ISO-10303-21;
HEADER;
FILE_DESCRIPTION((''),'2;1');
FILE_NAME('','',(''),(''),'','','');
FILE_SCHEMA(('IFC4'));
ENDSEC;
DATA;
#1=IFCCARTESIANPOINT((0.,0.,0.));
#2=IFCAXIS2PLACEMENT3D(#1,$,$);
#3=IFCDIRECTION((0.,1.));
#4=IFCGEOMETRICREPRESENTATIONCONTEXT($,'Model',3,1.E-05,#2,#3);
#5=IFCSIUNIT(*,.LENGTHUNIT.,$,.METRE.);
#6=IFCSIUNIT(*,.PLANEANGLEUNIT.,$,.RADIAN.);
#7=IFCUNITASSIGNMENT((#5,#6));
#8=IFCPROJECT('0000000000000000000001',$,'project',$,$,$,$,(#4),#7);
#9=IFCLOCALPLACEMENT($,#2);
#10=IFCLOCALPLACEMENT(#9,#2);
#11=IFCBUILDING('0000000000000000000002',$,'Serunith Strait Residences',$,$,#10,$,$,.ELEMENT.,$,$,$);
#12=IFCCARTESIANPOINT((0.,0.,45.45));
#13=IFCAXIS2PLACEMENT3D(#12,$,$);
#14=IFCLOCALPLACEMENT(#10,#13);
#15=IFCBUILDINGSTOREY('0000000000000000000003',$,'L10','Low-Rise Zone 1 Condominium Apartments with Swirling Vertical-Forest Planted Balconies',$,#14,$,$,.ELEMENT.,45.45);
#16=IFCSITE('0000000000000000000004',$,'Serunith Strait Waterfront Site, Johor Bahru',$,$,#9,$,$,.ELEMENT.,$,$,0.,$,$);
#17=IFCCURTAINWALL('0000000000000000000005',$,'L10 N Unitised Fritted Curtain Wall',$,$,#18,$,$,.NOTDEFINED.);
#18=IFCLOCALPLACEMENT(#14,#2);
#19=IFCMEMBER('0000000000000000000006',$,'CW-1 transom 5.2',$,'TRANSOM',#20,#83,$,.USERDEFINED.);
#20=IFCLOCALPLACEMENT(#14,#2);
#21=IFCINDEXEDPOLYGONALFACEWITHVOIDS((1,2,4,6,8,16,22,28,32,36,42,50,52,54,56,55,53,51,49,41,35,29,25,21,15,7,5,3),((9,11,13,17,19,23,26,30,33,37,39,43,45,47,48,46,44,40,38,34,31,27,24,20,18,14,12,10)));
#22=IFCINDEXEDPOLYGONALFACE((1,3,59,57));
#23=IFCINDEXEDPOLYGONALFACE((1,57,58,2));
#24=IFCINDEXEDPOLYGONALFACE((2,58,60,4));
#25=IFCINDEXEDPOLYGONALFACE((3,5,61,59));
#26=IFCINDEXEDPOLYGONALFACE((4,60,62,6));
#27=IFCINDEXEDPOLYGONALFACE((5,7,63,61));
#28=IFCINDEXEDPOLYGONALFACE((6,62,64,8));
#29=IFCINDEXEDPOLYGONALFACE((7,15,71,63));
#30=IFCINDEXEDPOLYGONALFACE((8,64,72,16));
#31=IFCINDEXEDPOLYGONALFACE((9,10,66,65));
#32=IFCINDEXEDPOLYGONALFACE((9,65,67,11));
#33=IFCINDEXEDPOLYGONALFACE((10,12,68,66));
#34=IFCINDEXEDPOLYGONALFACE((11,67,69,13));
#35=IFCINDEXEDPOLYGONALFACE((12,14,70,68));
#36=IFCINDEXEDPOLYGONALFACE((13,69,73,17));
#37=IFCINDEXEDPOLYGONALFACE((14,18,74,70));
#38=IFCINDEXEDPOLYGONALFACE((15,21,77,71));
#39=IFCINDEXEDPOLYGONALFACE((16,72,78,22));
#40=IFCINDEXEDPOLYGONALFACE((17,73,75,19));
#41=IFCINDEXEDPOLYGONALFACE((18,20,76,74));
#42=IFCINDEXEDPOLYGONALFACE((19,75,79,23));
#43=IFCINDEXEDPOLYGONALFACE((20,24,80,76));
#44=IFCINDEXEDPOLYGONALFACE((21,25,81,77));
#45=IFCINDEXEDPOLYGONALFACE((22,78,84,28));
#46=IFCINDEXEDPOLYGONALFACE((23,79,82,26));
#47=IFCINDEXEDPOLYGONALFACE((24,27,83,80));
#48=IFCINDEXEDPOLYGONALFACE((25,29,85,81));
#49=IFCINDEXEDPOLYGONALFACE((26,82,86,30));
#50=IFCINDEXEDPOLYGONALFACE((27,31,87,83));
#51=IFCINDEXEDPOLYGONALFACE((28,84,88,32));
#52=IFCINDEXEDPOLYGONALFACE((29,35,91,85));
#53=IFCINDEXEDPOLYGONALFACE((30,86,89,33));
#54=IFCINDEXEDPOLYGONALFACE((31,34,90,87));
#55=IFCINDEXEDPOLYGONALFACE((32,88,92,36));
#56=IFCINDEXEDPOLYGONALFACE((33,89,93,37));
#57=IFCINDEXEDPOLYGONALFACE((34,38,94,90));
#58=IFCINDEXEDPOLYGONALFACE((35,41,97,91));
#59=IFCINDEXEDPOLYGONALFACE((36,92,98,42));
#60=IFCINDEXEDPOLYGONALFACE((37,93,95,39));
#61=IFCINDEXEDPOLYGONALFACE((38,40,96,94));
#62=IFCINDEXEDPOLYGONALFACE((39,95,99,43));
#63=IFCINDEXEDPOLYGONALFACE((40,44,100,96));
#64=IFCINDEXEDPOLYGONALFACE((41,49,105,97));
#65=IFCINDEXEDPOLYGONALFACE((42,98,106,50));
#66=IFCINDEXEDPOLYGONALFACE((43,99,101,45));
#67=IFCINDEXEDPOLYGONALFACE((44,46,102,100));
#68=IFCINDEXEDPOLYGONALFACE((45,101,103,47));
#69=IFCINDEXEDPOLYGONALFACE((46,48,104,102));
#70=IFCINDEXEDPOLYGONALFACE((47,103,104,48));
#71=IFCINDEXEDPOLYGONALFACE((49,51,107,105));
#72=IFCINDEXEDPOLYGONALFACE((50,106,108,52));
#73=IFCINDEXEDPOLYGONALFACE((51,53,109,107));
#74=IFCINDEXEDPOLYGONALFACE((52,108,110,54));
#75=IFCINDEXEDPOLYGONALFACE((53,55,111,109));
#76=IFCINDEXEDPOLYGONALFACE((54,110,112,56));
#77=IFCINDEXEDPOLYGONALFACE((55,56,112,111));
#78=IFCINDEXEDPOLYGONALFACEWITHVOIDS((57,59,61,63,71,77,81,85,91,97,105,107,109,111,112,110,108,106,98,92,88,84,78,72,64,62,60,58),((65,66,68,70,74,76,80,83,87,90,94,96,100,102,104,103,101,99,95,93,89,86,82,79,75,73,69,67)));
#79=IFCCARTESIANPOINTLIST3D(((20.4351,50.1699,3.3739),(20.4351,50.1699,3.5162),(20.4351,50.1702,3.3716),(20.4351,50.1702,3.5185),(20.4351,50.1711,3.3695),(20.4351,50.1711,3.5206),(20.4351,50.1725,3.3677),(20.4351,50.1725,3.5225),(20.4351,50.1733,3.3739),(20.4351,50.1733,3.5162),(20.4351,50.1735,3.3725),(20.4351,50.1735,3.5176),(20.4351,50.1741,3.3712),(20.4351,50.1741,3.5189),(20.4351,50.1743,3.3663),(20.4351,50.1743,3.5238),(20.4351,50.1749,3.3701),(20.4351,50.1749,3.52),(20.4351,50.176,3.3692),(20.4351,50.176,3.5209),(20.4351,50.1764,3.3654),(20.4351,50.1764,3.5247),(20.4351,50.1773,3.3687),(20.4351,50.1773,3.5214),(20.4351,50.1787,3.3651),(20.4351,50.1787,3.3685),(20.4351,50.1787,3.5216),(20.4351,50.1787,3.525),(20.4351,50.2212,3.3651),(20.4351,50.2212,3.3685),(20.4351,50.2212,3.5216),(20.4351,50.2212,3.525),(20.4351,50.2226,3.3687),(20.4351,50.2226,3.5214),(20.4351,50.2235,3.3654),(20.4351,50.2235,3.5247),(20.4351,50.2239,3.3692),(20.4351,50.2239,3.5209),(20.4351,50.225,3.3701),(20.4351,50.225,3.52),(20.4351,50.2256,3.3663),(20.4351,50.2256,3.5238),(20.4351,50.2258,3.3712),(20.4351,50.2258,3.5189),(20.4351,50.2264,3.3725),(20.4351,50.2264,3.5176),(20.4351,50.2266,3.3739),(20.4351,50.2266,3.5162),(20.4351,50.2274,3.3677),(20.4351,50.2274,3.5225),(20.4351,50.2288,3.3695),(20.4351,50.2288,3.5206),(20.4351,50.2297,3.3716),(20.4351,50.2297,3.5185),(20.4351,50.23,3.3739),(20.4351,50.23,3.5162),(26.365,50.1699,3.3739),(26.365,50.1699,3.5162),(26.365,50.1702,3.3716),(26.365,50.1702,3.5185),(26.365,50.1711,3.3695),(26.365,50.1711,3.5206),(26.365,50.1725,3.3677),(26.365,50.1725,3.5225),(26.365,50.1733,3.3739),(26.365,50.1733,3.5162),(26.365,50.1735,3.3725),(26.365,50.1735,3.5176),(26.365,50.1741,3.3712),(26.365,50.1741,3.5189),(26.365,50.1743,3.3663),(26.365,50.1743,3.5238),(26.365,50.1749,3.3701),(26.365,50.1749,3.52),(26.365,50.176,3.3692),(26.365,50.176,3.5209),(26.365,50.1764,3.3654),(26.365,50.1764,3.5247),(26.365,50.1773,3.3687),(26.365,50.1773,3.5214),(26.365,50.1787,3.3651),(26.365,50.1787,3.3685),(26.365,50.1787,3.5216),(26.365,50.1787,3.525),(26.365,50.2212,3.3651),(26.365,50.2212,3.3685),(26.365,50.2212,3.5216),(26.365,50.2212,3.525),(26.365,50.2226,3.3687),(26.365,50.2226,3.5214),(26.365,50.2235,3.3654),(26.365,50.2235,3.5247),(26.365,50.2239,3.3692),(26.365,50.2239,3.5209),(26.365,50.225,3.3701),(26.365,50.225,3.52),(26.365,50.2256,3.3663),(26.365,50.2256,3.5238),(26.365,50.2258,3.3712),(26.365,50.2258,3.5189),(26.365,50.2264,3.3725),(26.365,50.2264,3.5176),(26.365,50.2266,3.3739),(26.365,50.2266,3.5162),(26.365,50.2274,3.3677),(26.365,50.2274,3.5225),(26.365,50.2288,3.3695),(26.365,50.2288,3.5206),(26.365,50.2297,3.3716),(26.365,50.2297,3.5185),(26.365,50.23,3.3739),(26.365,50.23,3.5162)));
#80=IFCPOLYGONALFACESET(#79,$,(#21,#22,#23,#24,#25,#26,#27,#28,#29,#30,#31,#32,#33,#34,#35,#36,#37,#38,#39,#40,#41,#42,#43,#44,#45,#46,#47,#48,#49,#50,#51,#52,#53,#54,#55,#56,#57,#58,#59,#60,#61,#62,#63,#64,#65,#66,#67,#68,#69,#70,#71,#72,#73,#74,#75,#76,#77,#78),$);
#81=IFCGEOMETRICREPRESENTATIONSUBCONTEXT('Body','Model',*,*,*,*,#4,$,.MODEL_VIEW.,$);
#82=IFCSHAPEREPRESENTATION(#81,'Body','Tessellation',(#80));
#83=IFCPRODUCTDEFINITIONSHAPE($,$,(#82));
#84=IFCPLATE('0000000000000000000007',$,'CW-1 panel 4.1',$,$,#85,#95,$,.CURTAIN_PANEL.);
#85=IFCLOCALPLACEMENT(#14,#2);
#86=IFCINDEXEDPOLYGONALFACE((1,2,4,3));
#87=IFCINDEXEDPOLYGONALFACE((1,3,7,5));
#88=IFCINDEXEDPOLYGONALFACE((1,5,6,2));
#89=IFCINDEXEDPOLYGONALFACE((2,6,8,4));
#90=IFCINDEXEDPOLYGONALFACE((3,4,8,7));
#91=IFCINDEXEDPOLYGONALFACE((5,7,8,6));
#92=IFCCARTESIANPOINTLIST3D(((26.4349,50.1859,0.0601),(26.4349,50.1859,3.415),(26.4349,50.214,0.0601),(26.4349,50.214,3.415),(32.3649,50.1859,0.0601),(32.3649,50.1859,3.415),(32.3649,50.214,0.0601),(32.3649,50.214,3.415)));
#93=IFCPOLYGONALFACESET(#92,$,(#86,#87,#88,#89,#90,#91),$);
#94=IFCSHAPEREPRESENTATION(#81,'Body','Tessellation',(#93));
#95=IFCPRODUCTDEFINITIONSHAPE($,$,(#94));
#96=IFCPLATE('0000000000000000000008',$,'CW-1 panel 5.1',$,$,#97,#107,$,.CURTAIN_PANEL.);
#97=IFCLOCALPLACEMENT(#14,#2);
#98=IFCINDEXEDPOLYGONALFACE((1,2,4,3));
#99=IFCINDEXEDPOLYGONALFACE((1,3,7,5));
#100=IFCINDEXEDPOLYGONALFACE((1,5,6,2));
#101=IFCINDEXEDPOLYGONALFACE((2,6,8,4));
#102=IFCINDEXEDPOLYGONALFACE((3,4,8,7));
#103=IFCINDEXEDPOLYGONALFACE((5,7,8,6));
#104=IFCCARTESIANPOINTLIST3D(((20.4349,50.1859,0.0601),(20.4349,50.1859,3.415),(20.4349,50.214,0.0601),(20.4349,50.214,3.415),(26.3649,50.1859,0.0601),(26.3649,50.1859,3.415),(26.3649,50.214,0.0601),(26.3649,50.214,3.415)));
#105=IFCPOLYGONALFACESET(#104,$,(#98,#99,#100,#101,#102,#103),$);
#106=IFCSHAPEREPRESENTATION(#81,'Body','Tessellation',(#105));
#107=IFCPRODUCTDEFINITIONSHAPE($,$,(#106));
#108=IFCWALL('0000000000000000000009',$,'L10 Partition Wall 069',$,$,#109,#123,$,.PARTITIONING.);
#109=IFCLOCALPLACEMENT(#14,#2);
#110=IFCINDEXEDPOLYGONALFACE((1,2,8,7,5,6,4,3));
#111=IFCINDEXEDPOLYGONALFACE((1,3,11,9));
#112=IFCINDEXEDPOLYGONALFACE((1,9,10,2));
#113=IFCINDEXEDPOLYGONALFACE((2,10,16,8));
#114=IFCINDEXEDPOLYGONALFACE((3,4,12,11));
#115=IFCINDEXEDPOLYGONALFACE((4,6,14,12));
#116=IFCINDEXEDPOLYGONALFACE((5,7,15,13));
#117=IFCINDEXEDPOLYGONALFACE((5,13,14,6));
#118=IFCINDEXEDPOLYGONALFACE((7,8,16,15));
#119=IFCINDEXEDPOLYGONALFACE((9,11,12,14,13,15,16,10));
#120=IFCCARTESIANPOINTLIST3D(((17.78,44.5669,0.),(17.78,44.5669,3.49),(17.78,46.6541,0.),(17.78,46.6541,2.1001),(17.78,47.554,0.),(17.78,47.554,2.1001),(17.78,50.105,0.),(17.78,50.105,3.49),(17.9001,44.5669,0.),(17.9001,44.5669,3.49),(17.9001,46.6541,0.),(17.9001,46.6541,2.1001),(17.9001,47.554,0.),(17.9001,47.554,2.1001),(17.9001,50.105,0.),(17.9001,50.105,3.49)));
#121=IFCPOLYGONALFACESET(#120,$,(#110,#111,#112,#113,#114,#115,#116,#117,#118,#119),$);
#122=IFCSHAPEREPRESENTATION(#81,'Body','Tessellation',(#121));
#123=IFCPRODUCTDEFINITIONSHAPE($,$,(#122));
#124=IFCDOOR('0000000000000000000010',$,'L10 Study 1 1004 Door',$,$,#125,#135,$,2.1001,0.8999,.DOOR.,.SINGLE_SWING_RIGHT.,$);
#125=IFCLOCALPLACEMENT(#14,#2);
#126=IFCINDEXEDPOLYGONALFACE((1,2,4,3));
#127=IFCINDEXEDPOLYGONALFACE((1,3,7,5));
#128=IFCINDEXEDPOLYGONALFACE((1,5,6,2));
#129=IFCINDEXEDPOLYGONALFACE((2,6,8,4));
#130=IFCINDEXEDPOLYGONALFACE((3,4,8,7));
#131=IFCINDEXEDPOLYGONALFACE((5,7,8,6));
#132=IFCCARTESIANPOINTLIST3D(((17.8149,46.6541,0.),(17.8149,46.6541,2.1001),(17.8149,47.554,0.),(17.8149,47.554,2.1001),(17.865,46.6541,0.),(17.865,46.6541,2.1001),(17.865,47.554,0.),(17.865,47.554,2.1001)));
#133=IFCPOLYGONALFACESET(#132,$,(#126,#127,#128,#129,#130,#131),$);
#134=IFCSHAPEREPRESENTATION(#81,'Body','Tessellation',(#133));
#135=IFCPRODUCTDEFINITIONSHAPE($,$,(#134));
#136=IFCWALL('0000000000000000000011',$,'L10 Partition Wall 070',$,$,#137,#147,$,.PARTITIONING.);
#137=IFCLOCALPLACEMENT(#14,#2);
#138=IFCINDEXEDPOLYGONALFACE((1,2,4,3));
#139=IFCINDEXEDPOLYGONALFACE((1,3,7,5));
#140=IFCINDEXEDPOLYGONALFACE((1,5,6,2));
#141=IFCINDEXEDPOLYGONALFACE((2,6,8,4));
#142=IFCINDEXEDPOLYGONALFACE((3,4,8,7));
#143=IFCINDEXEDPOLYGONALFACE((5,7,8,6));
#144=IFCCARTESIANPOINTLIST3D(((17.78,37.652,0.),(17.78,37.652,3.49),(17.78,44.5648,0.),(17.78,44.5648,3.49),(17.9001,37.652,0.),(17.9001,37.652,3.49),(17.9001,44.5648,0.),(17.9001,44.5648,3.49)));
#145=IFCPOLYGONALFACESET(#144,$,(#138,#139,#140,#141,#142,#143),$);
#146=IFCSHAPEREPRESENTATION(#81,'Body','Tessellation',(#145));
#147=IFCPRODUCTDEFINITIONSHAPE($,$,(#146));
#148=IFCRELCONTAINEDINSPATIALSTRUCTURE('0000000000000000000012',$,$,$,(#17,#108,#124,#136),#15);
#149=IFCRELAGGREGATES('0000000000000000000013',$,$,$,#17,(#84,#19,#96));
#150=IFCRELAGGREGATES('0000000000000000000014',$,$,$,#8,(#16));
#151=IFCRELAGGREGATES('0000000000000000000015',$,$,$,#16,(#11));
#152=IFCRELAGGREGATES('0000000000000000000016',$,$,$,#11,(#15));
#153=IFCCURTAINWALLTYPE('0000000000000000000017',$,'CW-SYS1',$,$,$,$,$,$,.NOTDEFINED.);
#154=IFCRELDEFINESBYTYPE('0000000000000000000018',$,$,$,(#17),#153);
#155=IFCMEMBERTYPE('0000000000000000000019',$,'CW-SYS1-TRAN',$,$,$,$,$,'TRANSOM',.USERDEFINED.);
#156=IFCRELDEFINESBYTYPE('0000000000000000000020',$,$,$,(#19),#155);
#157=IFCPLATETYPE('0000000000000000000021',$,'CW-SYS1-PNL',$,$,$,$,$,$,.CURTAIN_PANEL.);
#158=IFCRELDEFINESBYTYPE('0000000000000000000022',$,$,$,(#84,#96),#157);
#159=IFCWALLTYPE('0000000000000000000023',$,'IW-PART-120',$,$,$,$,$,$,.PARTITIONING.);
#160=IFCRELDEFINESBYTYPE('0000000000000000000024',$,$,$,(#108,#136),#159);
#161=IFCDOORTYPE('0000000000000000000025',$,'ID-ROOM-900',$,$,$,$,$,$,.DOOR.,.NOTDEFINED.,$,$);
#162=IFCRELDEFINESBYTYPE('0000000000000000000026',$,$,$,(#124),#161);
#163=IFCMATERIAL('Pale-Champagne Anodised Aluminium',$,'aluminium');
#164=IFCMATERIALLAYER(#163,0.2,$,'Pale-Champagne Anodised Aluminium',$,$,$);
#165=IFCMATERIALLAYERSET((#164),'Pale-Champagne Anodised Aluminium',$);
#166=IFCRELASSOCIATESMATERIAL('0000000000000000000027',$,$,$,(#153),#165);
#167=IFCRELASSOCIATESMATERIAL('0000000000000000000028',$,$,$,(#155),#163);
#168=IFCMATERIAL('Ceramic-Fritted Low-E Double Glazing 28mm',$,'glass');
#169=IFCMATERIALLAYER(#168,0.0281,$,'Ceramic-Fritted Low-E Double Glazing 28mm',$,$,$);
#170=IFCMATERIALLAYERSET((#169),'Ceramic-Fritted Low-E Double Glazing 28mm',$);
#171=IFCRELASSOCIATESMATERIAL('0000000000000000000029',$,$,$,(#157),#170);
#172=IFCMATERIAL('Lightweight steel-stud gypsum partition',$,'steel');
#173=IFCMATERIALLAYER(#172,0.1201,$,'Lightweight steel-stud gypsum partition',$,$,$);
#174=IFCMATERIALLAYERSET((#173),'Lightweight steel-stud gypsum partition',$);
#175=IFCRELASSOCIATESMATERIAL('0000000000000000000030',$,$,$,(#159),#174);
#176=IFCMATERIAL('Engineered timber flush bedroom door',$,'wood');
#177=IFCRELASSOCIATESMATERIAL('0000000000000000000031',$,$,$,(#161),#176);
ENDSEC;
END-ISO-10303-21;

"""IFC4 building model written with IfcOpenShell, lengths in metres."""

from ifc_helpers import new_model, si_unit, direction, frame, frame_2d, origin, origin_2d, place, context, subcontext, project, spatial, rectangle, hollow_rectangle, extrude, source, transform, mapped, material, layer, layer_set, material_profile, profile_set, type_object, element, fill, aggregate, save


model = new_model("IFC4")

# Units and contexts
model_context = context("Model", 3, precision=1e-05, world=origin(), true_north=direction((0.0, 1.0)))
body_context = subcontext(model_context, "Body", "Model", "MODEL_VIEW")
ifc_project = project(units=[si_unit("LENGTHUNIT", "METRE"), si_unit("PLANEANGLEUNIT", "RADIAN")], contexts=[model_context])

# Site, building, storey
site_placement = place(None, origin())
site = spatial("IfcSite", under=ifc_project, at=site_placement, Name="Serunith Strait Waterfront Site, Johor Bahru", CompositionType="ELEMENT", RefElevation=0.0)
building_placement = place(site_placement, origin())
building = spatial("IfcBuilding", under=site, at=building_placement, Name="Serunith Strait Residences", CompositionType="ELEMENT")
storey_placement = place(building_placement, frame((0.0, 0.0, 45.45)))
storey = spatial("IfcBuildingStorey", under=building, at=storey_placement, Name="L10", Description="Low-Rise Zone 1 Condominium Apartments with Swirling Vertical-Forest Planted Balconies", CompositionType="ELEMENT", Elevation=45.45)

# Curtain wall, member, plates
ifc_material_1 = material(Name="Pale-Champagne Anodised Aluminium", Category="aluminium")
ifc_layer_1 = layer(ifc_material_1, 0.2, Name="Pale-Champagne Anodised Aluminium")
ifc_layer_set_1 = layer_set([ifc_layer_1], Name="Pale-Champagne Anodised Aluminium")
curtain_wall_type = type_object("IfcCurtainWallType", Name="CW-SYS1", PredefinedType="NOTDEFINED", material=ifc_layer_set_1)
curtain_wall_placement = place(storey_placement, origin())
curtain_wall = element("IfcCurtainWall", 1, at=curtain_wall_placement, inside=storey, type_object=curtain_wall_type, Name="L10 N Unitised Fritted Curtain Wall", PredefinedType="NOTDEFINED")
ifc_material_profile_1 = material_profile(ifc_material_1, hollow_rectangle(XDim=0.0601, YDim=0.1599, WallThickness=0.0034, InnerFilletRadius=0.0054, OuterFilletRadius=0.0088, at=origin_2d()), Name="ALU 160x60x3.5")
ifc_profile_set_1 = profile_set([ifc_material_profile_1], Name="Pale-Champagne Anodised Aluminium")
member_type_1 = type_object("IfcMemberType", Name="CW-SYS1-TRAN", ElementType="TRANSOM", PredefinedType="USERDEFINED", material=ifc_profile_set_1)
shared_shape_1 = source(origin(), body_context, "Body", "SweptSolid", [
    extrude(hollow_rectangle(XDim=0.0601, YDim=0.1599, WallThickness=0.0034, InnerFilletRadius=0.0054, OuterFilletRadius=0.0088, at=origin_2d()), origin(), (0.0, 0.0, 1.0), 5.9299),
])
member_1_placement = place(storey_placement, frame((26.365, 50.2, 3.4451), z_axis=(-1.0, 0.0, 0.0), x_axis=(0.0, -1.0, 0.0)))
member_1 = element("IfcMember", 2, at=member_1_placement, type_object=member_type_1, Name="CW-1 transom 5.2", ObjectType="TRANSOM", PredefinedType="USERDEFINED", context=body_context, shape_type="MappedRepresentation", body=[
    mapped(shared_shape_1, transform((0.0, 0.0, 0.0), scale=1.0)),
])
ifc_material_2 = material(Name="Ceramic-Fritted Low-E Double Glazing 28mm", Category="glass")
ifc_layer_2 = layer(ifc_material_2, 0.0281, Name="Ceramic-Fritted Low-E Double Glazing 28mm")
ifc_layer_set_2 = layer_set([ifc_layer_2], Name="Ceramic-Fritted Low-E Double Glazing 28mm")
plate_type = type_object("IfcPlateType", Name="CW-SYS1-PNL", PredefinedType="CURTAIN_PANEL", material=ifc_layer_set_2)
shared_shape_2 = source(origin(), body_context, "Body", "SweptSolid", [
    extrude(rectangle(XDim=5.9299, YDim=0.0281, at=origin_2d()), origin(), (0.0, 0.0, 1.0), 3.355),
])
plate_1_placement = place(storey_placement, frame((29.3999, 50.2, 0.0601), z_axis=(0.0, 0.0, 1.0), x_axis=(-1.0, 0.0, 0.0)))
plate_1 = element("IfcPlate", 3, at=plate_1_placement, type_object=plate_type, Name="CW-1 panel 4.1", PredefinedType="CURTAIN_PANEL", context=body_context, shape_type="MappedRepresentation", body=[
    mapped(shared_shape_2, transform((0.0, 0.0, 0.0), scale=1.0)),
])
plate_2_placement = place(storey_placement, frame((23.3999, 50.2, 0.0601), z_axis=(0.0, 0.0, 1.0), x_axis=(-1.0, 0.0, 0.0)))
plate_2 = element("IfcPlate", 4, at=plate_2_placement, type_object=plate_type, Name="CW-1 panel 5.1", PredefinedType="CURTAIN_PANEL", context=body_context, shape_type="MappedRepresentation", body=[
    mapped(shared_shape_2, transform((0.0, 0.0, 0.0), scale=1.0)),
])
aggregate(curtain_wall, [plate_1, member_1, plate_2])

# Wall, opening, door
ifc_material_3 = material(Name="Lightweight steel-stud gypsum partition", Category="steel")
ifc_layer_3 = layer(ifc_material_3, 0.1201, Name="Lightweight steel-stud gypsum partition")
ifc_layer_set_3 = layer_set([ifc_layer_3], Name="Lightweight steel-stud gypsum partition")
wall_type = type_object("IfcWallType", Name="IW-PART-120", PredefinedType="PARTITIONING", material=ifc_layer_set_3)
wall_1_placement = place(storey_placement, frame((17.8401, 50.105, 0.0), z_axis=(0.0, 0.0, 1.0), x_axis=(0.0, -1.0, 0.0)))
wall_1 = element("IfcWall", 5, at=wall_1_placement, inside=storey, type_object=wall_type, Name="L10 Partition Wall 069", PredefinedType="PARTITIONING", context=body_context, shape_type="SweptSolid", body=[
    extrude(rectangle(XDim=5.5381, YDim=0.1201, at=frame_2d((2.769, 0.0))), origin(), (0.0, 0.0, 1.0), 3.49),
])
opening_placement = place(wall_1_placement, frame((2.551, 0.0, 0.0)))
opening = element("IfcOpeningElement", 6, at=opening_placement, cuts=wall_1, PredefinedType="OPENING", context=body_context, shape_type="SweptSolid", body=[
    extrude(rectangle(XDim=0.8999, YDim=2.1001, at=frame_2d((0.45, 1.05))), frame((0.0, 0.0701, 0.0), z_axis=(0.0, -1.0, 0.0), x_axis=(1.0, 0.0, 0.0)), (0.0, 0.0, 1.0), 0.1401),
])
ifc_material_4 = material(Name="Engineered timber flush bedroom door", Category="wood")
door_type = type_object("IfcDoorType", Name="ID-ROOM-900", OperationType="NOTDEFINED", PredefinedType="DOOR", material=ifc_material_4)
shared_shape_3 = source(origin(), body_context, "Body", "SweptSolid", [
    extrude(rectangle(XDim=0.8999, YDim=2.1001, at=frame_2d((0.45, 1.05))), frame((0.0, 0.0249, 0.0), z_axis=(0.0, -1.0, 0.0), x_axis=(1.0, 0.0, 0.0)), (0.0, 0.0, 1.0), 0.05),
])
door_placement = place(opening_placement, origin())
door = element("IfcDoor", 7, at=door_placement, inside=storey, type_object=door_type, Name="L10 Study 1 1004 Door", OperationType="SINGLE_SWING_RIGHT", OverallHeight=2.1001, OverallWidth=0.8999, PredefinedType="DOOR", context=body_context, shape_type="MappedRepresentation", body=[
    mapped(shared_shape_3, transform((0.0, 0.0, 0.0), scale=1.0)),
])
fill(opening, door)

# Wall
wall_2_placement = place(storey_placement, frame((17.8401, 44.5649, 0.0), z_axis=(0.0, 0.0, 1.0), x_axis=(0.0, -1.0, 0.0)))
element("IfcWall", 8, at=wall_2_placement, inside=storey, type_object=wall_type, Name="L10 Partition Wall 070", PredefinedType="PARTITIONING", context=body_context, shape_type="SweptSolid", body=[
    extrude(rectangle(XDim=6.9128, YDim=0.1201, at=frame_2d((3.4565, 0.0))), origin(), (0.0, 0.0, 1.0), 3.49),
])

save(model, "model.ifc")
